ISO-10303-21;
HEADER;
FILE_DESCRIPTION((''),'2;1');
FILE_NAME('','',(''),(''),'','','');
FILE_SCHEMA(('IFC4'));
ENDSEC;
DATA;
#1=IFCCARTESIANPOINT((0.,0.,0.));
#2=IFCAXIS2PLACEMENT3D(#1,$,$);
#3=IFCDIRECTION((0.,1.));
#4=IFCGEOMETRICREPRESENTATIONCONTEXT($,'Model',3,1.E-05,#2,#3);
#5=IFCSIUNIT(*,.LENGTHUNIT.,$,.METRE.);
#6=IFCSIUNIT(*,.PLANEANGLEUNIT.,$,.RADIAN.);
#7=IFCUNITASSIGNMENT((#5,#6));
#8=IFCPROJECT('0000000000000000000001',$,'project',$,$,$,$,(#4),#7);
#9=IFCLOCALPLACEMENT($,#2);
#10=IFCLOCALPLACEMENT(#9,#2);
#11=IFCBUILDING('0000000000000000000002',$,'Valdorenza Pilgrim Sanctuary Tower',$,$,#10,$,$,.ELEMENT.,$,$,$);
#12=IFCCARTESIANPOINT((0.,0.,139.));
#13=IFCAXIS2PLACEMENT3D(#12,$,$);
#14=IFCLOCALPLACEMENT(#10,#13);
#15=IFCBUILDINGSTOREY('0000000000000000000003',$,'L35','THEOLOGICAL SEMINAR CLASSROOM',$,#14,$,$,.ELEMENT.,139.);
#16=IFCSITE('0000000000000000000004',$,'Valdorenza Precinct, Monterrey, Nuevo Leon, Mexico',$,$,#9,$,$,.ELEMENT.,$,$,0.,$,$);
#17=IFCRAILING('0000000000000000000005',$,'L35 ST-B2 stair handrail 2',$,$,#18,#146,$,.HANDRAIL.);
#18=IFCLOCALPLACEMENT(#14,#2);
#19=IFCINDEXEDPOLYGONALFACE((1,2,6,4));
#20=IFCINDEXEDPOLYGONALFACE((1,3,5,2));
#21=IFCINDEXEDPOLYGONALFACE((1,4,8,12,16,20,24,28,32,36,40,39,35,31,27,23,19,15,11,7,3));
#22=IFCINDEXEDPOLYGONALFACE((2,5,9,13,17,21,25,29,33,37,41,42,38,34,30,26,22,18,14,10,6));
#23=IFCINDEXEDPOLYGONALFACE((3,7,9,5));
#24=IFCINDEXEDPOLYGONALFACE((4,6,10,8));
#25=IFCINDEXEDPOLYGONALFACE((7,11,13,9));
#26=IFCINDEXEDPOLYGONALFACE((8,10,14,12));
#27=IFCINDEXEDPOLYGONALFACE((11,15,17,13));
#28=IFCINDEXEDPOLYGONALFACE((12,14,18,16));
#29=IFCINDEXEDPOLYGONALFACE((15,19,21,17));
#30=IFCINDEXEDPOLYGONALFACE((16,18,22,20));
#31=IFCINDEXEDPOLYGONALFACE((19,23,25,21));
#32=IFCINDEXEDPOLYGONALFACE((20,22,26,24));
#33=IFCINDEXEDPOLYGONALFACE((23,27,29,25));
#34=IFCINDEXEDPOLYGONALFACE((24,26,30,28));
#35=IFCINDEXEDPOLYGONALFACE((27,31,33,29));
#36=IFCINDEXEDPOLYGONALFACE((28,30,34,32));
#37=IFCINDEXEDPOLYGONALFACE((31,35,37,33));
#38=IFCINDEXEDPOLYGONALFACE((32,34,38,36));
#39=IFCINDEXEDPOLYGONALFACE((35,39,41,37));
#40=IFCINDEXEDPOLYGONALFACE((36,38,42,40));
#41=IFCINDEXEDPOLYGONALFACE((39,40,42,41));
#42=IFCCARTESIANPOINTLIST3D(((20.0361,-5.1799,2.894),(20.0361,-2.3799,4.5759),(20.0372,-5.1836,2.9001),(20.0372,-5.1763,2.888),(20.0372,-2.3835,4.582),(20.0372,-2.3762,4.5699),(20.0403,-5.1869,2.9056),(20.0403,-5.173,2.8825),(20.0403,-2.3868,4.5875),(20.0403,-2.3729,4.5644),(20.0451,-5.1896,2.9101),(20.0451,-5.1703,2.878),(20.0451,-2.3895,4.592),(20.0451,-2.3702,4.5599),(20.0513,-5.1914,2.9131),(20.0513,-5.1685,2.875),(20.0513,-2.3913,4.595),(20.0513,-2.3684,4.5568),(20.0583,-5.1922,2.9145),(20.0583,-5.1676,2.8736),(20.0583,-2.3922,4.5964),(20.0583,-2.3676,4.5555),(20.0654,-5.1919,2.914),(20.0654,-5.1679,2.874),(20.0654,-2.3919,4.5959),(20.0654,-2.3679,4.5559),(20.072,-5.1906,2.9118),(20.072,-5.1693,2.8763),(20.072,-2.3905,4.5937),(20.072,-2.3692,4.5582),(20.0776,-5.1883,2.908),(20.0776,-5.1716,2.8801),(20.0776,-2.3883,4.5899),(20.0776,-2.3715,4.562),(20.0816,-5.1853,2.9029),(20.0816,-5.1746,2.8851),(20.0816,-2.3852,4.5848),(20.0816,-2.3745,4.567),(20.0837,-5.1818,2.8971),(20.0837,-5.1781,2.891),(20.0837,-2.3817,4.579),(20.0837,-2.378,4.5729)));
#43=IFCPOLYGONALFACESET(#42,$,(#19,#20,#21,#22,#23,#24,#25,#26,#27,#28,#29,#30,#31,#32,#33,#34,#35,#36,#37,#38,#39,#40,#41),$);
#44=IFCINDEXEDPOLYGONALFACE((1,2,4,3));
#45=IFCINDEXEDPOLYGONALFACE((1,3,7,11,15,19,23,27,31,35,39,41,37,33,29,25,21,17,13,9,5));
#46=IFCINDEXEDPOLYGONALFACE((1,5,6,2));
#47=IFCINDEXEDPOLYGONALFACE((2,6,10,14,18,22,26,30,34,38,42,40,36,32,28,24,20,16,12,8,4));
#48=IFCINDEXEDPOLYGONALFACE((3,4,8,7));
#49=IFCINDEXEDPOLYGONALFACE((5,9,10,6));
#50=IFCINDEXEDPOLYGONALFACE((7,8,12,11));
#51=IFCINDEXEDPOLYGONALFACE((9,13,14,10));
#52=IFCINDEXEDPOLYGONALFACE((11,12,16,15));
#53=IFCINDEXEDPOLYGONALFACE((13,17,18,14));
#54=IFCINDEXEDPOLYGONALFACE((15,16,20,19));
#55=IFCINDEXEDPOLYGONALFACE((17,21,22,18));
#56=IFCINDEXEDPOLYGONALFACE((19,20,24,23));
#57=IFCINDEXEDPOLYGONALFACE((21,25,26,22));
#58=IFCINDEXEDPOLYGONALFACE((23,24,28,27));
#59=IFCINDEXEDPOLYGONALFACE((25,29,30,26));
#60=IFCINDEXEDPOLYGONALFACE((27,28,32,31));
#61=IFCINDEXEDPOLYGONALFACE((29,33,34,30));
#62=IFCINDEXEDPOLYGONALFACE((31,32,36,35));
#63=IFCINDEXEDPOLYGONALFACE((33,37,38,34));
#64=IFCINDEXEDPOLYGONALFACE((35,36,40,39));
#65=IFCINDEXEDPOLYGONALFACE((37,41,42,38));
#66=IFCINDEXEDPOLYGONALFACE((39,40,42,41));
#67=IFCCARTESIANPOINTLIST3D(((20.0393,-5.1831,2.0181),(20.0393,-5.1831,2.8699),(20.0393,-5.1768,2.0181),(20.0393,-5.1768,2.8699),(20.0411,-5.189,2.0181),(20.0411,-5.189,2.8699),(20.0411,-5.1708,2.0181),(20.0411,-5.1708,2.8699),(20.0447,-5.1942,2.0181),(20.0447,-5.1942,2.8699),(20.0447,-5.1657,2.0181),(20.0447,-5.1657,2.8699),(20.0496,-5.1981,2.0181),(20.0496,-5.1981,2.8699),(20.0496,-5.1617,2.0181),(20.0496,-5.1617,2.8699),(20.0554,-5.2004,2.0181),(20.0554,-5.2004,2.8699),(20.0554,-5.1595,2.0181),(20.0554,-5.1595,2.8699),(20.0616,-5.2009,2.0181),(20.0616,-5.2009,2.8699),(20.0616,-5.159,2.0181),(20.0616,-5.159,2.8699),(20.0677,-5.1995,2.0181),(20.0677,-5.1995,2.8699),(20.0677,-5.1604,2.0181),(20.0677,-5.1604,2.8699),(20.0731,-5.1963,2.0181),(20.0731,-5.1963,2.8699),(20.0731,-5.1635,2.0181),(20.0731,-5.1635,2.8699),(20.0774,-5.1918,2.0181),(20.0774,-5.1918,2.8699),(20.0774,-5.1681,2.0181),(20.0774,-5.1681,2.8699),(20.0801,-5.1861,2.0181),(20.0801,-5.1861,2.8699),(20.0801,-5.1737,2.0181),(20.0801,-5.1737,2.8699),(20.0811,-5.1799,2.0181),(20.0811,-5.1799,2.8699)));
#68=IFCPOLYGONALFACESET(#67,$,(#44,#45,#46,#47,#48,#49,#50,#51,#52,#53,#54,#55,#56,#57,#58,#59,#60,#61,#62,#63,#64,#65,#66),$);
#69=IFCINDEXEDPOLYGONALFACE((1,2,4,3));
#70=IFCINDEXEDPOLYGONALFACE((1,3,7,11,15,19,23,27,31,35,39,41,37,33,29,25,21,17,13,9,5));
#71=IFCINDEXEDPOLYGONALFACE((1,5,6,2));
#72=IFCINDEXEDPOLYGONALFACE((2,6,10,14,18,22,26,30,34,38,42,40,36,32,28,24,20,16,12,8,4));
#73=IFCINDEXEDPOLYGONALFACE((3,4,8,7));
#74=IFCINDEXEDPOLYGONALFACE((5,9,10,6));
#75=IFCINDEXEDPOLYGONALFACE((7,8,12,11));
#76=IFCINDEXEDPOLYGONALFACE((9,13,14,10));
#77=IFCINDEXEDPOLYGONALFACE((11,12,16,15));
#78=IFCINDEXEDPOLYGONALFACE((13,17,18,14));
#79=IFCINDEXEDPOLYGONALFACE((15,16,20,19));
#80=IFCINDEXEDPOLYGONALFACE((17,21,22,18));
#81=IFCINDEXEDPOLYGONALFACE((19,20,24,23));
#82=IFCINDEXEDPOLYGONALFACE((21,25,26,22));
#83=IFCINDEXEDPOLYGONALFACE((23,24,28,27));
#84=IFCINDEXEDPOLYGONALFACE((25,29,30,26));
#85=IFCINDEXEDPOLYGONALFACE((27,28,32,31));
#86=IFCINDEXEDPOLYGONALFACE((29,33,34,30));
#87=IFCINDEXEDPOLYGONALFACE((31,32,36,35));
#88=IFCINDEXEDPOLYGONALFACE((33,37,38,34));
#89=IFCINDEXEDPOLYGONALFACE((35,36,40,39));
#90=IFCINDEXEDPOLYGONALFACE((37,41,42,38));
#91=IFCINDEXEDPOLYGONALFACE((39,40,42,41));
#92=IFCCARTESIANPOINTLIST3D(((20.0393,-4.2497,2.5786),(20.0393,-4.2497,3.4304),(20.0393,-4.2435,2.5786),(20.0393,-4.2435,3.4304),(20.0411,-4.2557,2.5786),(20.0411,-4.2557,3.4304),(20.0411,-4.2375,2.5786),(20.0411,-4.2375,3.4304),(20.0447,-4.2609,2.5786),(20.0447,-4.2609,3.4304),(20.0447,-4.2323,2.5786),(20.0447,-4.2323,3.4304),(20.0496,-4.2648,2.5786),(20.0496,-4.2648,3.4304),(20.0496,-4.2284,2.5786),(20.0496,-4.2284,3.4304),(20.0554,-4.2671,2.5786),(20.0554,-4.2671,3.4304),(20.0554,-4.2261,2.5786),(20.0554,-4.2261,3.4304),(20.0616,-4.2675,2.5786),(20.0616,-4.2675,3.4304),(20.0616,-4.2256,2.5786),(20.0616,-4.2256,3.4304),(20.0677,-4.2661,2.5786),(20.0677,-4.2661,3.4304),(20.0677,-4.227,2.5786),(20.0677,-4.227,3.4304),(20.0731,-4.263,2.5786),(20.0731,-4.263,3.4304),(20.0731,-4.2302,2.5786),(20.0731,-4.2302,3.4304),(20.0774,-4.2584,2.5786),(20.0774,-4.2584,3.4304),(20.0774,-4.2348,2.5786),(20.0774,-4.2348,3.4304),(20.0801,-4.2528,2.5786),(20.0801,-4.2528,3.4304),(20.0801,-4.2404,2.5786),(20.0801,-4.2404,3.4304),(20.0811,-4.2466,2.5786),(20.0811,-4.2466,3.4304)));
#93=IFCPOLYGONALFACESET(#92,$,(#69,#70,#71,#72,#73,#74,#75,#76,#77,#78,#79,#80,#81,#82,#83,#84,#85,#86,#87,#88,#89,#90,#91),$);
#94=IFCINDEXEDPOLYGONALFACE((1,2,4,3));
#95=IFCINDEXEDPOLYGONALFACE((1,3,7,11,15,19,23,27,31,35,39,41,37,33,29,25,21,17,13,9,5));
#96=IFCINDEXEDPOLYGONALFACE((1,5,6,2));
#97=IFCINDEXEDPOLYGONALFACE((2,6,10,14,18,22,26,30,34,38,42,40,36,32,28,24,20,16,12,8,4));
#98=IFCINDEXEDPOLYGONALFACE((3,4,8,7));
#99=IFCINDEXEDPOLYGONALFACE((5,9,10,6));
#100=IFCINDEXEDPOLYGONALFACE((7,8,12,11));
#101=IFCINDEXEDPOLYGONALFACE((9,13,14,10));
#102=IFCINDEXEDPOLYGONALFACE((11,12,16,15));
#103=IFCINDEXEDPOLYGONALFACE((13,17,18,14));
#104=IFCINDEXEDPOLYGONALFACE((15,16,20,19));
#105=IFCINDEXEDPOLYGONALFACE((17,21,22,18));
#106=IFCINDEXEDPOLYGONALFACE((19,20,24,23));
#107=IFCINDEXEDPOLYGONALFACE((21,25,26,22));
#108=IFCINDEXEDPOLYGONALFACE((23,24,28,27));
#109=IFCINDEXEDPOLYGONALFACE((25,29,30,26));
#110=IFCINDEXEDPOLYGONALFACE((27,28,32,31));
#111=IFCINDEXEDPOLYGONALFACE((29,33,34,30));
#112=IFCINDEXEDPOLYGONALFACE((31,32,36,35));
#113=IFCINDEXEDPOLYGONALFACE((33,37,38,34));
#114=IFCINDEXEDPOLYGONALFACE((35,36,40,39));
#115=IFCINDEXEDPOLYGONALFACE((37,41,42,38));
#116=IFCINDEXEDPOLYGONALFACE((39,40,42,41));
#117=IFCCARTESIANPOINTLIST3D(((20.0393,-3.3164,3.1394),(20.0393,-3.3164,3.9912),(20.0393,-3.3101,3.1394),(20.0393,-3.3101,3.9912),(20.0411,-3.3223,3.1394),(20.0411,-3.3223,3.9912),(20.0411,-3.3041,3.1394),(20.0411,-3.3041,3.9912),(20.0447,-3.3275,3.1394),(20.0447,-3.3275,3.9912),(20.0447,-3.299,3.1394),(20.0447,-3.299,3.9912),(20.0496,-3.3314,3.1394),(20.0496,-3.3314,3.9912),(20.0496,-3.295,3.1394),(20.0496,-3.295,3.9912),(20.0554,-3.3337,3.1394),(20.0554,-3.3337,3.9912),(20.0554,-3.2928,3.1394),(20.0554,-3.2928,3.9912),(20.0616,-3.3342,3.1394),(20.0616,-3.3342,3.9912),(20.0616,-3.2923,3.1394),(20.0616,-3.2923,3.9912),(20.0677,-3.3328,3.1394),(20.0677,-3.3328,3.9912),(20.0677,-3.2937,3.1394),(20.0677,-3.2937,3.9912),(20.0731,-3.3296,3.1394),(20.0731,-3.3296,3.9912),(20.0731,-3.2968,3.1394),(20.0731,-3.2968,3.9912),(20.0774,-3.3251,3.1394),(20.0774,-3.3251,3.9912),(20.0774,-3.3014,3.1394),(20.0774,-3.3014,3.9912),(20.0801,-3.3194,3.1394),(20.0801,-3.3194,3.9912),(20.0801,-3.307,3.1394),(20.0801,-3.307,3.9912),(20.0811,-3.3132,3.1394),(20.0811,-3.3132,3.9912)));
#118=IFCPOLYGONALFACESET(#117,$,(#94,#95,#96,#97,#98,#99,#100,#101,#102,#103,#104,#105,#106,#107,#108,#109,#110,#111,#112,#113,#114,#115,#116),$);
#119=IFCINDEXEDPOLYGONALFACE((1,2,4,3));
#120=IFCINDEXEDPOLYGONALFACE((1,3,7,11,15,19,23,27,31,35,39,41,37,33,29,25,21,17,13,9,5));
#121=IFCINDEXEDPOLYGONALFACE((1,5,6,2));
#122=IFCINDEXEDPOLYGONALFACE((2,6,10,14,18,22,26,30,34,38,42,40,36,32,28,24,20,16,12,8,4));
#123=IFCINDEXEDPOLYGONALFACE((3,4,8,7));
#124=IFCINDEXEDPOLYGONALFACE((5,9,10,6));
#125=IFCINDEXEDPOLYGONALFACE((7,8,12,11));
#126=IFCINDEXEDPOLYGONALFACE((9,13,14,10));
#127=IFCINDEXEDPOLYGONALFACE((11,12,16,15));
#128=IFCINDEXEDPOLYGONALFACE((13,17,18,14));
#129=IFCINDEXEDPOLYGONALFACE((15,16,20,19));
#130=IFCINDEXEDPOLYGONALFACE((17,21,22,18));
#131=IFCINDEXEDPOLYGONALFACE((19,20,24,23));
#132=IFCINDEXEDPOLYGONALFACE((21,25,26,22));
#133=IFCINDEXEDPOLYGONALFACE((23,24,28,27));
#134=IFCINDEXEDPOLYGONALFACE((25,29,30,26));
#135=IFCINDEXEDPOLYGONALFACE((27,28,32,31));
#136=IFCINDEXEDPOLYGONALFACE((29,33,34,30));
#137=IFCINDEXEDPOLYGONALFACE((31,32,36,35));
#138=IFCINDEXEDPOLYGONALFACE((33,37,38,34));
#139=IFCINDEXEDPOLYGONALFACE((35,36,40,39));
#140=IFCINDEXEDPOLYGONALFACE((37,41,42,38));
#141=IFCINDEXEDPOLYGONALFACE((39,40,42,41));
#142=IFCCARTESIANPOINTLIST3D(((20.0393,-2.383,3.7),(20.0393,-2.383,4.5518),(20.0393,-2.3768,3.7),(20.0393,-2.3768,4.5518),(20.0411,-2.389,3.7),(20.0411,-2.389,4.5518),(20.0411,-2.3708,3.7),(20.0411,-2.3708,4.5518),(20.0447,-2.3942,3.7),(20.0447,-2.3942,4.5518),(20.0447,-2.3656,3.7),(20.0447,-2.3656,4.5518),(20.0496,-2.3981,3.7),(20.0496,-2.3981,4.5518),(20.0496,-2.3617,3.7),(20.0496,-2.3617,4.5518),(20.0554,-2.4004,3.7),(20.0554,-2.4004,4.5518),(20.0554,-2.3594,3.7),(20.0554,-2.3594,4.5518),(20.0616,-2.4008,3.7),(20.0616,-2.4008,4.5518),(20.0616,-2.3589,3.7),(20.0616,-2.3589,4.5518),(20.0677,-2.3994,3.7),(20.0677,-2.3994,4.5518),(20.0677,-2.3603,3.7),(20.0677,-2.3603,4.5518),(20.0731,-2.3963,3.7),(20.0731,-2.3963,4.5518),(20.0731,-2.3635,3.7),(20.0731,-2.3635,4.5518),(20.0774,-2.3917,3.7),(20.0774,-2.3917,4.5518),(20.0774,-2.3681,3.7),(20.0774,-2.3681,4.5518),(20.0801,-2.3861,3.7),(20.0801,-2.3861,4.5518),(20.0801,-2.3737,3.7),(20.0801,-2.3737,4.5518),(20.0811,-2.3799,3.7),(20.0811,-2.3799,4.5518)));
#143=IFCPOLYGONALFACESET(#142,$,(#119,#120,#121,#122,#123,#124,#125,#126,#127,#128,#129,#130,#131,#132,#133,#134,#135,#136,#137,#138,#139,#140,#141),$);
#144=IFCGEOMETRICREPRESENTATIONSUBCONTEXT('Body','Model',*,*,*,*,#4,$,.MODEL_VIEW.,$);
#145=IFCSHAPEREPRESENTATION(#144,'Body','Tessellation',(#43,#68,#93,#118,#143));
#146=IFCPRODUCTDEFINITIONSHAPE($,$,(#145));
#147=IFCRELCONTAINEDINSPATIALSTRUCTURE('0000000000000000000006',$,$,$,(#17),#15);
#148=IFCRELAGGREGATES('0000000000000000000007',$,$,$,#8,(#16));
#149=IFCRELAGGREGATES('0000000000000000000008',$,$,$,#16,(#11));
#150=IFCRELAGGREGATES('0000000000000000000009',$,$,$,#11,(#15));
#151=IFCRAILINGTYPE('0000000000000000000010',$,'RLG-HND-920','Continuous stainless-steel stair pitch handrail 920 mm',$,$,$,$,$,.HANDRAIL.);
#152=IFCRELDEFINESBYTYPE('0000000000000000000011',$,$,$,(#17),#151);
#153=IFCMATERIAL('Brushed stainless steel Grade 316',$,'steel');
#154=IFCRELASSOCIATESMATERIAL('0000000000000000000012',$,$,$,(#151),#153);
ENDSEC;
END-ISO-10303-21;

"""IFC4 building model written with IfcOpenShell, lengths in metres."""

from ifc_helpers import new_model, si_unit, direction, frame, origin, origin_2d, place, context, subcontext, project, spatial, circle, extrude, material, type_object, element, save


model = new_model("IFC4")

# Units and contexts
model_context = context("Model", 3, precision=1e-05, world=origin(), true_north=direction((0.0, 1.0)))
body_context = subcontext(model_context, "Body", "Model", "MODEL_VIEW")
ifc_project = project(units=[si_unit("LENGTHUNIT", "METRE"), si_unit("PLANEANGLEUNIT", "RADIAN")], contexts=[model_context])

# Site, building, storey
site_placement = place(None, origin())
site = spatial("IfcSite", under=ifc_project, at=site_placement, Name="Valdorenza Precinct, Monterrey, Nuevo Leon, Mexico", CompositionType="ELEMENT", RefElevation=0.0)
building_placement = place(site_placement, origin())
building = spatial("IfcBuilding", under=site, at=building_placement, Name="Valdorenza Pilgrim Sanctuary Tower", CompositionType="ELEMENT")
storey_placement = place(building_placement, frame((0.0, 0.0, 139.0)))
storey = spatial("IfcBuildingStorey", under=building, at=storey_placement, Name="L35", Description="THEOLOGICAL SEMINAR CLASSROOM", CompositionType="ELEMENT", Elevation=139.0)

# Railing
ifc_material_1 = material(Name="Brushed stainless steel Grade 316", Category="steel")
railing_type_1 = type_object("IfcRailingType", Name="RLG-HND-920", Description="Continuous stainless-steel stair pitch handrail 920 mm", PredefinedType="HANDRAIL", material=ifc_material_1)
railing_1_placement = place(storey_placement, frame((20.0601, -5.1799, 2.0181)))
element("IfcRailing", 1, at=railing_1_placement, inside=storey, type_object=railing_type_1, Name="L35 ST-B2 stair handrail 2", PredefinedType="HANDRAIL", context=body_context, shape_type="SweptSolid", body=[
    extrude(circle(Radius=0.0239, at=origin_2d()), frame((0.0, 0.0, 0.876), z_axis=(0.0, 0.857242, 0.514913), x_axis=(-1.0, 0.0, 0.0)), (0.0, 0.0, 1.0), 3.2664),
    extrude(circle(Radius=0.021, at=origin_2d()), origin(), (0.0, 0.0, 1.0), 0.8518),
    extrude(circle(Radius=0.021, at=origin_2d()), frame((0.0, 0.9333, 0.5605)), (0.0, 0.0, 1.0), 0.8518),
    extrude(circle(Radius=0.021, at=origin_2d()), frame((0.0, 1.8667, 1.1213)), (0.0, 0.0, 1.0), 0.8518),
    extrude(circle(Radius=0.021, at=origin_2d()), frame((0.0, 2.8, 1.6819)), (0.0, 0.0, 1.0), 0.8518),
])

save(model, "model.ifc")
